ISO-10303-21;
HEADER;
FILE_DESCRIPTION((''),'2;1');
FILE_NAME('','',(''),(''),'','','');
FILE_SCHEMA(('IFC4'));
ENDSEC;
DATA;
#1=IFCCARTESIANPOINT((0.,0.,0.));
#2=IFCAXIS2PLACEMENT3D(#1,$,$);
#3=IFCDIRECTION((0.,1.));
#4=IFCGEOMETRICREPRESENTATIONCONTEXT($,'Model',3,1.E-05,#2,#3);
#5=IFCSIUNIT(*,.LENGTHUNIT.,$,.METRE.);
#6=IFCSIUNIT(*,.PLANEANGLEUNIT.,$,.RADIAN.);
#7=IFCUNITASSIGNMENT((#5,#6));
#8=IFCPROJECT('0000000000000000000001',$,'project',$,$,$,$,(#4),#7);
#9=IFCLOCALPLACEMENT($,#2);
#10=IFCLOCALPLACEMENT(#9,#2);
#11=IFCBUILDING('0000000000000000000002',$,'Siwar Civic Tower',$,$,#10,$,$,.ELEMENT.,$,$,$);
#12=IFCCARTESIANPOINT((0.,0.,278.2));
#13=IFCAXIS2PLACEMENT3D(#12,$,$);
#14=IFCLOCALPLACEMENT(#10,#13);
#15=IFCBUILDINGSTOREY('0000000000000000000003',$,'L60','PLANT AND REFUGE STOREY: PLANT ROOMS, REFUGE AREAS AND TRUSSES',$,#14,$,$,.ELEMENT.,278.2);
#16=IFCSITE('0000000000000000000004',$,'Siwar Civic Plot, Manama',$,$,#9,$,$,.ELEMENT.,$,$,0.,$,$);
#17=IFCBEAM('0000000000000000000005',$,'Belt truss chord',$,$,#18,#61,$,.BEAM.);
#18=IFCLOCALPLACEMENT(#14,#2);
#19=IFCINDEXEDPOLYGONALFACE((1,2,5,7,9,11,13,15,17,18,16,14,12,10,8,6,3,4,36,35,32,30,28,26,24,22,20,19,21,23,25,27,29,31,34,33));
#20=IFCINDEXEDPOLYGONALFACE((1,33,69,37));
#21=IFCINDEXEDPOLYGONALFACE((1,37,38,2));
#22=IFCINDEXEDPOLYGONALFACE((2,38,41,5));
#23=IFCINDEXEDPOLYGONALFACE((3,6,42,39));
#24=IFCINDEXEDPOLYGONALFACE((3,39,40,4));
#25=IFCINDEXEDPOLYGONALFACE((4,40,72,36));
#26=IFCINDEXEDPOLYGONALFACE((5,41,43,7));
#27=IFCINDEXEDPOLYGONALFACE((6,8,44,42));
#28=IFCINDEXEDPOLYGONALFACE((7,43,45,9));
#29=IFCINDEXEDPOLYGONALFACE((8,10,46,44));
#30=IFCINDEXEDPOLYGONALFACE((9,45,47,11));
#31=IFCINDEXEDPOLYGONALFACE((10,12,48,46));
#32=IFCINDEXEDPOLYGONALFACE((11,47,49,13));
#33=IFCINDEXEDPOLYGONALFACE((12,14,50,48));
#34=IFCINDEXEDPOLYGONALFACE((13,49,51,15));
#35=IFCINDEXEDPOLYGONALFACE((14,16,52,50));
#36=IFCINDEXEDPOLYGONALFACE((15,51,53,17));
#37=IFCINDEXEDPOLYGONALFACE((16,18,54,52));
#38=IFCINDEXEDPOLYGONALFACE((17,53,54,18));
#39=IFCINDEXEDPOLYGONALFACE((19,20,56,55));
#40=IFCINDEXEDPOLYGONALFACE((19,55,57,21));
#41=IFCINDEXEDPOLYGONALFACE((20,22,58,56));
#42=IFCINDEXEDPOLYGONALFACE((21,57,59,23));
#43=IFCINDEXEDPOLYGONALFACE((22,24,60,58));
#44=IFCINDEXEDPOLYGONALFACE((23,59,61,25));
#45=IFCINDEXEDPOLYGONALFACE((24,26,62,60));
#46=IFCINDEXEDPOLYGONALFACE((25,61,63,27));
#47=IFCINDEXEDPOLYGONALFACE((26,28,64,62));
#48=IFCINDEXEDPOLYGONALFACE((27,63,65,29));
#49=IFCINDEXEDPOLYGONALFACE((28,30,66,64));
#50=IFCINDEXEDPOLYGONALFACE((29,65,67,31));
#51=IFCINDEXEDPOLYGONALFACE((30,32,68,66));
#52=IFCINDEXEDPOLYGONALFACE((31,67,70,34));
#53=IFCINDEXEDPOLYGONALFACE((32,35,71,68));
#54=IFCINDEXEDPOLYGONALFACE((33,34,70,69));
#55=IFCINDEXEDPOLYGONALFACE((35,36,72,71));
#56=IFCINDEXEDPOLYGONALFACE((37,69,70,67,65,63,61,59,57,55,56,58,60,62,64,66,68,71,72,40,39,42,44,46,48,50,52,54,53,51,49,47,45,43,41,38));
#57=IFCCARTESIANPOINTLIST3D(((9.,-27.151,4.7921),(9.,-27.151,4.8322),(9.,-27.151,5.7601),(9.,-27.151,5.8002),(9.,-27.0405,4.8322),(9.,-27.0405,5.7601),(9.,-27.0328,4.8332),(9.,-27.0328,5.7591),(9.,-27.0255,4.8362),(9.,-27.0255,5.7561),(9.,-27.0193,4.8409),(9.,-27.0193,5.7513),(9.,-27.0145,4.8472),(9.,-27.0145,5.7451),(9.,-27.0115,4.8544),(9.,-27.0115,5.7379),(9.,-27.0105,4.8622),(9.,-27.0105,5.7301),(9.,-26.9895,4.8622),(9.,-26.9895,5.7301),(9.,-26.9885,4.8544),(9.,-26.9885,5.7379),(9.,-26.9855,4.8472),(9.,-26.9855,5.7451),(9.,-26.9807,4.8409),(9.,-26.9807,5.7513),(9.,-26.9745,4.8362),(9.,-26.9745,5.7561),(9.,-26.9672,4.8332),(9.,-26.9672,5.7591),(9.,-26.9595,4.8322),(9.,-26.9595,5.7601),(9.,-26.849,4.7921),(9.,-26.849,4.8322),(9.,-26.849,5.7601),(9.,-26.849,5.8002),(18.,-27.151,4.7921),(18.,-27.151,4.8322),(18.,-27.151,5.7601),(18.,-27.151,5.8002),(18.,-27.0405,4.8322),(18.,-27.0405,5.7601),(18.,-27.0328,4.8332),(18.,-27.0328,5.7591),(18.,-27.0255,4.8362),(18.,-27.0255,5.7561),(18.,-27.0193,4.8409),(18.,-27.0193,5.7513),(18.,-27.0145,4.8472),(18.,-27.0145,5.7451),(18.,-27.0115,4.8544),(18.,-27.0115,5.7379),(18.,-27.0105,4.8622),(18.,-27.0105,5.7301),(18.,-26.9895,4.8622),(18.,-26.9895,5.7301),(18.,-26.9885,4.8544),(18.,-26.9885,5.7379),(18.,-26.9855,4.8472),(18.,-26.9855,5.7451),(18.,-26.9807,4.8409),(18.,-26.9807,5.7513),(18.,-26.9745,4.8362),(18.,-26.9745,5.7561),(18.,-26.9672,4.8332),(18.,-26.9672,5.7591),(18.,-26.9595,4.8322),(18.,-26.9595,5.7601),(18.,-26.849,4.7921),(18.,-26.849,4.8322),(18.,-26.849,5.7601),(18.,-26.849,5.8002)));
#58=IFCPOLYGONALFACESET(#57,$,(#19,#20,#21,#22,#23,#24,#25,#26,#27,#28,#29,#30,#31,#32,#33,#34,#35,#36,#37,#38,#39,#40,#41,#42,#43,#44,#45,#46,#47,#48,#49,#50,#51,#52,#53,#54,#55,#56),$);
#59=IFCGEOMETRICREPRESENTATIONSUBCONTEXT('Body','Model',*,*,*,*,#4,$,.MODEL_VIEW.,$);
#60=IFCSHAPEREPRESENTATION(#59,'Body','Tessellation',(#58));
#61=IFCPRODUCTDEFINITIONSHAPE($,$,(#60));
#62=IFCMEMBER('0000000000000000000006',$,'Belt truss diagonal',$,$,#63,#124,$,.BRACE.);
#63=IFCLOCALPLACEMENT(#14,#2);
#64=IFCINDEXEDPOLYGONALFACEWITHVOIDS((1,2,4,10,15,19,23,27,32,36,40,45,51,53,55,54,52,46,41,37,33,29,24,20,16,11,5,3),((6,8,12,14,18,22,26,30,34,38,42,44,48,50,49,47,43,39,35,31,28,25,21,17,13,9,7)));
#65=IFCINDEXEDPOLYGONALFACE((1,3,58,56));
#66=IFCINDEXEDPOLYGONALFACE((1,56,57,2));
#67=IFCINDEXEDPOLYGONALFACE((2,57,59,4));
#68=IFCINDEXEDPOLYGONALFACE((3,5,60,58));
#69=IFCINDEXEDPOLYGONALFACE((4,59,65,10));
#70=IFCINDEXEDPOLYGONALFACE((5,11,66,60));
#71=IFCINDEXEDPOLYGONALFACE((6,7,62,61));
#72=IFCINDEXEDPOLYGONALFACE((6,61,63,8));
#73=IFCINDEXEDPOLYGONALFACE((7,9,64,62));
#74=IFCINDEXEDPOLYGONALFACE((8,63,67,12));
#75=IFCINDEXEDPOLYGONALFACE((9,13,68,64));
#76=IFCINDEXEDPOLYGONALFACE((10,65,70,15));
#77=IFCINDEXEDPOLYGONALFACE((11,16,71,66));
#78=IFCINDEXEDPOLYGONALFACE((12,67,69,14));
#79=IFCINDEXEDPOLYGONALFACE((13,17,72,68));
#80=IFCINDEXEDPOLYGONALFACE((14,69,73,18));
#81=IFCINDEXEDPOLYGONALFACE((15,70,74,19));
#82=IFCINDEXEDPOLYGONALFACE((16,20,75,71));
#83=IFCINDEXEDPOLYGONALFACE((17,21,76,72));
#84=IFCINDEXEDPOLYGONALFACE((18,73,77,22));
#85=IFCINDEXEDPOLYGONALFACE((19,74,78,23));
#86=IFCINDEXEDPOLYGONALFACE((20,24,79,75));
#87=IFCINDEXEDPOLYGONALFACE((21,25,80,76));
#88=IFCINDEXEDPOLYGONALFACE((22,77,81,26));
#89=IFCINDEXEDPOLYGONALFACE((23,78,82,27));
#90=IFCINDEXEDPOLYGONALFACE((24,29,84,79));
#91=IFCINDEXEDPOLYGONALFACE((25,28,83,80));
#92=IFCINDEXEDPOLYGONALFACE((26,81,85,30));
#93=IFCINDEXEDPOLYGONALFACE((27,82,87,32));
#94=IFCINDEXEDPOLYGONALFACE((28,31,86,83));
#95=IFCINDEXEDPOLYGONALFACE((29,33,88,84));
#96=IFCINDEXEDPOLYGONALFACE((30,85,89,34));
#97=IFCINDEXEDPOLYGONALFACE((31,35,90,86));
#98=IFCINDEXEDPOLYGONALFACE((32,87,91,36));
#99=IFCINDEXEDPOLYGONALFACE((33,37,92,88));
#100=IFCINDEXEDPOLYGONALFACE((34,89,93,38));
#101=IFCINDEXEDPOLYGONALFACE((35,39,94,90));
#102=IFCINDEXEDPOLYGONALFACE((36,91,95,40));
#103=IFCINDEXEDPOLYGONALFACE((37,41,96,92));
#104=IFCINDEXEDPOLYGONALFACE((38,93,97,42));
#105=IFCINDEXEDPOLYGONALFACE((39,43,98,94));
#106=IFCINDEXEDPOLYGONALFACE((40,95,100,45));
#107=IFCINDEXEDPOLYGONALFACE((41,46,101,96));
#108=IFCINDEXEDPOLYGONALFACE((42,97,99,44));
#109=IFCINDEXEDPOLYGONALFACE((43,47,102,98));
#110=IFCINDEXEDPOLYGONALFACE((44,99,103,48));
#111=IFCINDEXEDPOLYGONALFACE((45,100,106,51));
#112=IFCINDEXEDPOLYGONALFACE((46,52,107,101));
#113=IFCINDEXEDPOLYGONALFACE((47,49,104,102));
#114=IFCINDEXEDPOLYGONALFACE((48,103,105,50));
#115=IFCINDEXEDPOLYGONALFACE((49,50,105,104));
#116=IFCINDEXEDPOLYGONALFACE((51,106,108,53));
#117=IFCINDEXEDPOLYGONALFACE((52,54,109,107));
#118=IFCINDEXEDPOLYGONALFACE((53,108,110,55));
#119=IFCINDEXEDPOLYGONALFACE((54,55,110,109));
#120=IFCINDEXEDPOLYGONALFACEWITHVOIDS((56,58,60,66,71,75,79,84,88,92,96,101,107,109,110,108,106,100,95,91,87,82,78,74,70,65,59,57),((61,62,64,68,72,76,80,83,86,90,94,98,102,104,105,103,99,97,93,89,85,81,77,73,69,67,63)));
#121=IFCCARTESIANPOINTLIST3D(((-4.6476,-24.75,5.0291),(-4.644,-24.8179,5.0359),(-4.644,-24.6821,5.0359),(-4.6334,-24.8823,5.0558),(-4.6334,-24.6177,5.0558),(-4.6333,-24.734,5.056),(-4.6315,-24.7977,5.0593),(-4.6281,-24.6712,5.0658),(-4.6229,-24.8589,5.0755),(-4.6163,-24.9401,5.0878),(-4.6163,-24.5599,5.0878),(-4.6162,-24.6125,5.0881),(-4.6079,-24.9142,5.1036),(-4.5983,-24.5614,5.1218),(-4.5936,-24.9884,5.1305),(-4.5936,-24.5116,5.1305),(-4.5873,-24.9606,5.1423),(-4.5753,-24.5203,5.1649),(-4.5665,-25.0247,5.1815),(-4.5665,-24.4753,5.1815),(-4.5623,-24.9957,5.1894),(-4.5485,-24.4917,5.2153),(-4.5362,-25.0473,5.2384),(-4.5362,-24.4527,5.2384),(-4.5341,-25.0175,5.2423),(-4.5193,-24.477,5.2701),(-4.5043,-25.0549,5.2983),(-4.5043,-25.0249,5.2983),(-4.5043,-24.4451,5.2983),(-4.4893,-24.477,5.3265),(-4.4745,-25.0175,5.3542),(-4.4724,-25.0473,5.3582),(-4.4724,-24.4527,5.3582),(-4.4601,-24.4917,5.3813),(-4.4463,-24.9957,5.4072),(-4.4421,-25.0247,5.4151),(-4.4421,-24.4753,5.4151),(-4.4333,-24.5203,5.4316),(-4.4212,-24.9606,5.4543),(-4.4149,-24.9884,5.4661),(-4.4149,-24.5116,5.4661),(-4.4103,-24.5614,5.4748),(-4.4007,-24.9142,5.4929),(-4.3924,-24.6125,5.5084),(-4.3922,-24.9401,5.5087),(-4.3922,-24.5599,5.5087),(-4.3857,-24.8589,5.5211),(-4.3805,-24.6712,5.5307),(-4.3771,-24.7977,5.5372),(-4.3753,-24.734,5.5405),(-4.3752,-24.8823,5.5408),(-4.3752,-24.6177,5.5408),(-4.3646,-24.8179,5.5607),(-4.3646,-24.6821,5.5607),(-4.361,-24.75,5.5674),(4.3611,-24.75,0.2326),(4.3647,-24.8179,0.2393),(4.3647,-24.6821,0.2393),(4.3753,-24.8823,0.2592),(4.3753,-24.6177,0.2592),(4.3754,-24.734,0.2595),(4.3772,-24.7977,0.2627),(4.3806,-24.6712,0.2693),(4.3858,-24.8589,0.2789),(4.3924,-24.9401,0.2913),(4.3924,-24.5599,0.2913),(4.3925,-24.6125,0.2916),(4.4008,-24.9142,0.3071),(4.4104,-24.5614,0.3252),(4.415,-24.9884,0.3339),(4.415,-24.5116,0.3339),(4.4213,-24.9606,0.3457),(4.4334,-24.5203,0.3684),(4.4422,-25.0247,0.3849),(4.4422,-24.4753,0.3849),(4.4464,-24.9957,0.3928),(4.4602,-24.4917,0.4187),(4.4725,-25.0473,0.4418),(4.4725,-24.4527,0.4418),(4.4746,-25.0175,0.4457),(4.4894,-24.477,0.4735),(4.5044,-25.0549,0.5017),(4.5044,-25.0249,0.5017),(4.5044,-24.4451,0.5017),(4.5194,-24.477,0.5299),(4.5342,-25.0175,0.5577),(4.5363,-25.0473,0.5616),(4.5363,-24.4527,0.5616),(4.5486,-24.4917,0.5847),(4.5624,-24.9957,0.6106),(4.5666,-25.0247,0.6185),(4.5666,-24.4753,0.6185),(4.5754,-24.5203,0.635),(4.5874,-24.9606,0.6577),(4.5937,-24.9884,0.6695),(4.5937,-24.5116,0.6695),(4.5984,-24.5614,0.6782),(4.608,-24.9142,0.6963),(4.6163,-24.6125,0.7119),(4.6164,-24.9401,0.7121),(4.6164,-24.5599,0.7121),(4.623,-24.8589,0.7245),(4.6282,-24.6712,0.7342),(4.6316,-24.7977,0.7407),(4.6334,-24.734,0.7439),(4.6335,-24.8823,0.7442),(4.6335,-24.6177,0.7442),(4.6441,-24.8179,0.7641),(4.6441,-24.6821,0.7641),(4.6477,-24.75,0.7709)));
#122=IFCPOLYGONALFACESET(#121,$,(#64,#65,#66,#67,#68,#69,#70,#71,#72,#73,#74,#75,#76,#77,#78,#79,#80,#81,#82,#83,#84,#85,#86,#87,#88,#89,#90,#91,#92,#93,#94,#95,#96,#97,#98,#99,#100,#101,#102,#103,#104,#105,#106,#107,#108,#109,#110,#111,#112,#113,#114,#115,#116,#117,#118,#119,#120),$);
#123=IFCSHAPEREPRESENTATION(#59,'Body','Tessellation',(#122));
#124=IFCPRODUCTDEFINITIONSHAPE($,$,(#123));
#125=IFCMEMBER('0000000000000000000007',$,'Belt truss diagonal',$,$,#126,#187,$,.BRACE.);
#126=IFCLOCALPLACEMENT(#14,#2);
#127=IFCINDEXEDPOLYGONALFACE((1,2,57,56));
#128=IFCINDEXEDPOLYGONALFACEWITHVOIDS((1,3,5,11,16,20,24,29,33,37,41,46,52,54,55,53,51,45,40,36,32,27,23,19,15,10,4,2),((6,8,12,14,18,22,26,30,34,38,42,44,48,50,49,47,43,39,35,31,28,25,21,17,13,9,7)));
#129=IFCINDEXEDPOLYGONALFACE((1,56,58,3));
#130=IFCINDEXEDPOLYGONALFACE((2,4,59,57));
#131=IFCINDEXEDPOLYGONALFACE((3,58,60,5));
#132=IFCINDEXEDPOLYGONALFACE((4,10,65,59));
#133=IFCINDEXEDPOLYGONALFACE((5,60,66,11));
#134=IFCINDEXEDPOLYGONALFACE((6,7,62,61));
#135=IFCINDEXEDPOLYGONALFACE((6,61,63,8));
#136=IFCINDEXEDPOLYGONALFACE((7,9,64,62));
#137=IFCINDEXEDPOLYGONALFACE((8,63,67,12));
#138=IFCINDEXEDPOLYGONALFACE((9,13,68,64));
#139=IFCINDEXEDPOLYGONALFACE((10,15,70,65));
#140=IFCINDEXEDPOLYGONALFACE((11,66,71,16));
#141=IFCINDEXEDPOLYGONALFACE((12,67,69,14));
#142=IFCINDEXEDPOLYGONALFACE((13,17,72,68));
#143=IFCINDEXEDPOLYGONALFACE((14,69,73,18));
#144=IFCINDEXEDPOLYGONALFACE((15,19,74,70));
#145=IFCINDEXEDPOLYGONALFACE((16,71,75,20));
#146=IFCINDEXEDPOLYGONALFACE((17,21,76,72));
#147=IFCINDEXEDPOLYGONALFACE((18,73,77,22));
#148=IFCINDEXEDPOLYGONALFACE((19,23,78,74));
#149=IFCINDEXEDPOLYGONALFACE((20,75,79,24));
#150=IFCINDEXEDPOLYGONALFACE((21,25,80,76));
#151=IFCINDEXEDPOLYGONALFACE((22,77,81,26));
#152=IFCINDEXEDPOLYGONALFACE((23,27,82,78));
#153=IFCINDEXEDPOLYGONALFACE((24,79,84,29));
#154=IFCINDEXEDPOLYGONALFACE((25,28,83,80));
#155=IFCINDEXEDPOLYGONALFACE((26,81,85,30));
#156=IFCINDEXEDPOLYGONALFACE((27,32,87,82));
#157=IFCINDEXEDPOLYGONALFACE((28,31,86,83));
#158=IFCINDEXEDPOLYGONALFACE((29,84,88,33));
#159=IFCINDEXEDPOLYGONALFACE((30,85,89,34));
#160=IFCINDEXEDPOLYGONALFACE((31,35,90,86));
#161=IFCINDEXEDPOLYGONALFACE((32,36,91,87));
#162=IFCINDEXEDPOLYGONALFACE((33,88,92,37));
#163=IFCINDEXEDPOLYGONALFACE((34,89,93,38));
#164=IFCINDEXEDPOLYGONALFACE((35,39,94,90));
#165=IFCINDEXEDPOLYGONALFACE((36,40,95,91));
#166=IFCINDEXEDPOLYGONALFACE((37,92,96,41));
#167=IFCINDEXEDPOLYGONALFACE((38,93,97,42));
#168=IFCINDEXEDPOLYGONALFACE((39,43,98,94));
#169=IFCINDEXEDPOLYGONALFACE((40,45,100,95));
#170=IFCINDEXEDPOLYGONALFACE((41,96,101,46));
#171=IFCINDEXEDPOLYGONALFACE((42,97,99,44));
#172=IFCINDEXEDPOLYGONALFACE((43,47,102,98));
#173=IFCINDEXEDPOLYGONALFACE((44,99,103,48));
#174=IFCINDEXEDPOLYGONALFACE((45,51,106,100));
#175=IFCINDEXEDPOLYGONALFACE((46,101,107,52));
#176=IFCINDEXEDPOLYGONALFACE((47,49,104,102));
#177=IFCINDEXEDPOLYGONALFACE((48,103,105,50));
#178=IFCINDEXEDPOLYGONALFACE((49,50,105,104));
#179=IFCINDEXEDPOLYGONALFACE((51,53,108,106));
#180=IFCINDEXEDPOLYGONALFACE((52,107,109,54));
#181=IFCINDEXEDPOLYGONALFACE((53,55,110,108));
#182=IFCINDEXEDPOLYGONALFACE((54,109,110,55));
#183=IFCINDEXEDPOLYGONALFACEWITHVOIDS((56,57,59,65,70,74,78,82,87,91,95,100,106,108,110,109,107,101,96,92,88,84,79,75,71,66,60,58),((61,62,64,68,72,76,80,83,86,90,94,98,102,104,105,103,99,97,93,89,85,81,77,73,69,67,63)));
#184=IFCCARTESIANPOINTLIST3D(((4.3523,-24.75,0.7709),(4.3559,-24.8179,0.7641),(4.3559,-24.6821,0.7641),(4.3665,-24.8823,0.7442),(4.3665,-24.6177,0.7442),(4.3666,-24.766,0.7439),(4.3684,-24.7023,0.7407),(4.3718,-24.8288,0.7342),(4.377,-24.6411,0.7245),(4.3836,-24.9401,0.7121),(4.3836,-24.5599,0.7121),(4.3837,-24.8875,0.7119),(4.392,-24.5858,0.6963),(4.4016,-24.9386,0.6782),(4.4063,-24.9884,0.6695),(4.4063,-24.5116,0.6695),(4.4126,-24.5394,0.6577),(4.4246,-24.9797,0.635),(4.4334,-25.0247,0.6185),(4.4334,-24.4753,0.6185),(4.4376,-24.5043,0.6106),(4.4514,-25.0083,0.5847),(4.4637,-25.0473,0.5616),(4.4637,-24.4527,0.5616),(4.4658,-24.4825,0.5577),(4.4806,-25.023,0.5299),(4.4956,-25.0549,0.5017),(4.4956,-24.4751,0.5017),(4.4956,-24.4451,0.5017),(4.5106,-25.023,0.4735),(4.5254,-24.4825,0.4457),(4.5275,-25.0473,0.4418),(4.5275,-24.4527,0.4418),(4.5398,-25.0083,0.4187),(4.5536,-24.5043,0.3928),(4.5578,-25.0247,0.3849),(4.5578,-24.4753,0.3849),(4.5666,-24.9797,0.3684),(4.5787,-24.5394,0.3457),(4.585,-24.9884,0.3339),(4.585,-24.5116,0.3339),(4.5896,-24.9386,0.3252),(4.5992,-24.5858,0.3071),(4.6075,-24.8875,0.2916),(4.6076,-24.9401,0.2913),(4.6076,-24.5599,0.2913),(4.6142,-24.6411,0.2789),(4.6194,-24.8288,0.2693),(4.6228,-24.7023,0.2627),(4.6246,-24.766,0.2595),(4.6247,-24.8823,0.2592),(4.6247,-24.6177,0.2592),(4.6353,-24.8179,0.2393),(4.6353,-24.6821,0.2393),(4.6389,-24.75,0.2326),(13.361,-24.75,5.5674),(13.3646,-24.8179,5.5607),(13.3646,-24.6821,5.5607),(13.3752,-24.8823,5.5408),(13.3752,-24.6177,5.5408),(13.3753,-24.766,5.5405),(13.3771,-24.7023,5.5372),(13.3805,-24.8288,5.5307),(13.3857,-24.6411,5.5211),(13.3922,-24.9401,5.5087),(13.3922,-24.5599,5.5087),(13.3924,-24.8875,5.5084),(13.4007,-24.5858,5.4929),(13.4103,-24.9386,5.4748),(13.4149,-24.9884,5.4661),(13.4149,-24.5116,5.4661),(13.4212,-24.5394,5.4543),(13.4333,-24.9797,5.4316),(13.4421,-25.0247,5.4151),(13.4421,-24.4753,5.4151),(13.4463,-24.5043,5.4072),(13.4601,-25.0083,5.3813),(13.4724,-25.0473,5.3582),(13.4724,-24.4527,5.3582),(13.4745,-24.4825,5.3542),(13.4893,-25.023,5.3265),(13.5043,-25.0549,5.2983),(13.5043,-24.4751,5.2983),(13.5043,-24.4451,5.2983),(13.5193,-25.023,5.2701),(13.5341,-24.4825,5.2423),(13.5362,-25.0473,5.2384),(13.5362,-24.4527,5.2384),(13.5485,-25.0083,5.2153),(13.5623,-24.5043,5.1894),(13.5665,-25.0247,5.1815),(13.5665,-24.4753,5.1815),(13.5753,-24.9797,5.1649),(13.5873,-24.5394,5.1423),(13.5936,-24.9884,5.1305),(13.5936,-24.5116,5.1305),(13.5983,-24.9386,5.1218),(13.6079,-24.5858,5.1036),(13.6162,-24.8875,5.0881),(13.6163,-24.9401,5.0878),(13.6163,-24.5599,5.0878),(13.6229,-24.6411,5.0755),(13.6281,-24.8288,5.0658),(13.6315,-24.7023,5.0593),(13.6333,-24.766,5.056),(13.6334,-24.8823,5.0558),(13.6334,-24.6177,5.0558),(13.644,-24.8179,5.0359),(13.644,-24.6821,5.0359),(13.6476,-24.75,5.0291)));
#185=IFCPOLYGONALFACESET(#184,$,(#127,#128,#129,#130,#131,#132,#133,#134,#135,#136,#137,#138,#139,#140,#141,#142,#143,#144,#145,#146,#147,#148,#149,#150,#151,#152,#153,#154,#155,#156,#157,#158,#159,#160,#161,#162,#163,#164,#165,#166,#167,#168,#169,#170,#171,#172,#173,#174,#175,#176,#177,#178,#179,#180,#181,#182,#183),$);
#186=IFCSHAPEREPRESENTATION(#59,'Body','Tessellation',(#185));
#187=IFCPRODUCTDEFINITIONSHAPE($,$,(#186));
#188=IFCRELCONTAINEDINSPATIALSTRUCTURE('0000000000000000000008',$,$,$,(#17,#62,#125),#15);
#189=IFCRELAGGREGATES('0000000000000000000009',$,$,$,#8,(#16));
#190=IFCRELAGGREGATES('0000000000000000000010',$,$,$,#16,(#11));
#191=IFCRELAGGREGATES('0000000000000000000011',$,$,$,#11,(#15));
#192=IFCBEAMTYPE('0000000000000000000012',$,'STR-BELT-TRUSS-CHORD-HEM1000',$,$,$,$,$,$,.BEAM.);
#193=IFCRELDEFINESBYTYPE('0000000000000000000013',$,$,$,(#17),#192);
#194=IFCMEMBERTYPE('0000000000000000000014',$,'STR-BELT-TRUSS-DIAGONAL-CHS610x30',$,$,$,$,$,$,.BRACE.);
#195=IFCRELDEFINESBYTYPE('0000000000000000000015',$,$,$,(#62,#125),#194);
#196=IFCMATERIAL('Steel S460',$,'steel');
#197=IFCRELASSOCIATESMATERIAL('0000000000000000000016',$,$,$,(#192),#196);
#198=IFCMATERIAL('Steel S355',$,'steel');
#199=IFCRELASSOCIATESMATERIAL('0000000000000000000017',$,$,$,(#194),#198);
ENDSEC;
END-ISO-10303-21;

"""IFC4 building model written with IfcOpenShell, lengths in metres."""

from ifc_helpers import new_model, si_unit, direction, frame, origin, origin_2d, place, context, subcontext, project, spatial, hollow_circle, i_section, extrude, material, material_profile, profile_set, type_object, element, save


model = new_model("IFC4")

# Units and contexts
model_context = context("Model", 3, precision=1e-05, world=origin(), true_north=direction((0.0, 1.0)))
body_context = subcontext(model_context, "Body", "Model", "MODEL_VIEW")
ifc_project = project(units=[si_unit("LENGTHUNIT", "METRE"), si_unit("PLANEANGLEUNIT", "RADIAN")], contexts=[model_context])

# Site, building, storey
site_placement = place(None, origin())
site = spatial("IfcSite", under=ifc_project, at=site_placement, Name="Siwar Civic Plot, Manama", CompositionType="ELEMENT", RefElevation=0.0)
building_placement = place(site_placement, origin())
building = spatial("IfcBuilding", under=site, at=building_placement, Name="Siwar Civic Tower", CompositionType="ELEMENT")
storey_placement = place(building_placement, frame((0.0, 0.0, 278.2)))
storey = spatial("IfcBuildingStorey", under=building, at=storey_placement, Name="L60", Description="PLANT AND REFUGE STOREY: PLANT ROOMS, REFUGE AREAS AND TRUSSES", CompositionType="ELEMENT", Elevation=278.2)

# Beam
ifc_material_1 = material(Name="Steel S460", Category="steel")
ifc_material_profile_1 = material_profile(ifc_material_1, i_section(OverallWidth=0.302, OverallDepth=1.0081, WebThickness=0.021, FlangeThickness=0.04, FilletRadius=0.03, at=origin_2d()), Name="HEM1000")
ifc_profile_set_1 = profile_set([ifc_material_profile_1], Name="Steel S460")
beam_type_1 = type_object("IfcBeamType", Name="STR-BELT-TRUSS-CHORD-HEM1000", PredefinedType="BEAM", material=ifc_profile_set_1)
for number, where, z_axis, x_axis, name in (
    (1, (9.0, -27.0, 5.2961), (1.0, 0.0, 0.0), (0.0, 1.0, 0.0), "Belt truss chord"),
):
    element("IfcBeam", number, at=place(storey_placement, frame(where, z_axis=z_axis, x_axis=x_axis)), inside=storey, type_object=beam_type_1, Name=name, PredefinedType="BEAM", context=body_context, shape_type="SweptSolid", body=[
        extrude(i_section(OverallWidth=0.302, OverallDepth=1.0081, WebThickness=0.021, FlangeThickness=0.04, FilletRadius=0.03, at=origin_2d()), origin(), (0.0, 0.0, 1.0), 9.0),
    ])

# Members
ifc_material_2 = material(Name="Steel S355", Category="steel")
ifc_material_profile_2 = material_profile(ifc_material_2, hollow_circle(Radius=0.3049, WallThickness=0.03, at=origin_2d()), Name="CHS610x30")
ifc_profile_set_2 = profile_set([ifc_material_profile_2], Name="Steel S355")
member_type_1 = type_object("IfcMemberType", Name="STR-BELT-TRUSS-DIAGONAL-CHS610x30", PredefinedType="BRACE", material=ifc_profile_set_2)
for number, where, z_axis, x_axis, name in (
    (2, (4.5044, -24.75, 0.5017), (-0.882681, 0.0, 0.469974), (0.0, -1.0, 0.0), "Belt truss diagonal"),
    (3, (4.4956, -24.75, 0.5017), (0.882681, 0.0, 0.469974), (0.0, 1.0, 0.0), "Belt truss diagonal"),
):
    element("IfcMember", number, at=place(storey_placement, frame(where, z_axis=z_axis, x_axis=x_axis)), inside=storey, type_object=member_type_1, Name=name, PredefinedType="BRACE", context=body_context, shape_type="SweptSolid", body=[
        extrude(hollow_circle(Radius=0.3049, WallThickness=0.03, at=origin_2d()), origin(), (0.0, 0.0, 1.0), 10.2061),
    ])

save(model, "model.ifc")
